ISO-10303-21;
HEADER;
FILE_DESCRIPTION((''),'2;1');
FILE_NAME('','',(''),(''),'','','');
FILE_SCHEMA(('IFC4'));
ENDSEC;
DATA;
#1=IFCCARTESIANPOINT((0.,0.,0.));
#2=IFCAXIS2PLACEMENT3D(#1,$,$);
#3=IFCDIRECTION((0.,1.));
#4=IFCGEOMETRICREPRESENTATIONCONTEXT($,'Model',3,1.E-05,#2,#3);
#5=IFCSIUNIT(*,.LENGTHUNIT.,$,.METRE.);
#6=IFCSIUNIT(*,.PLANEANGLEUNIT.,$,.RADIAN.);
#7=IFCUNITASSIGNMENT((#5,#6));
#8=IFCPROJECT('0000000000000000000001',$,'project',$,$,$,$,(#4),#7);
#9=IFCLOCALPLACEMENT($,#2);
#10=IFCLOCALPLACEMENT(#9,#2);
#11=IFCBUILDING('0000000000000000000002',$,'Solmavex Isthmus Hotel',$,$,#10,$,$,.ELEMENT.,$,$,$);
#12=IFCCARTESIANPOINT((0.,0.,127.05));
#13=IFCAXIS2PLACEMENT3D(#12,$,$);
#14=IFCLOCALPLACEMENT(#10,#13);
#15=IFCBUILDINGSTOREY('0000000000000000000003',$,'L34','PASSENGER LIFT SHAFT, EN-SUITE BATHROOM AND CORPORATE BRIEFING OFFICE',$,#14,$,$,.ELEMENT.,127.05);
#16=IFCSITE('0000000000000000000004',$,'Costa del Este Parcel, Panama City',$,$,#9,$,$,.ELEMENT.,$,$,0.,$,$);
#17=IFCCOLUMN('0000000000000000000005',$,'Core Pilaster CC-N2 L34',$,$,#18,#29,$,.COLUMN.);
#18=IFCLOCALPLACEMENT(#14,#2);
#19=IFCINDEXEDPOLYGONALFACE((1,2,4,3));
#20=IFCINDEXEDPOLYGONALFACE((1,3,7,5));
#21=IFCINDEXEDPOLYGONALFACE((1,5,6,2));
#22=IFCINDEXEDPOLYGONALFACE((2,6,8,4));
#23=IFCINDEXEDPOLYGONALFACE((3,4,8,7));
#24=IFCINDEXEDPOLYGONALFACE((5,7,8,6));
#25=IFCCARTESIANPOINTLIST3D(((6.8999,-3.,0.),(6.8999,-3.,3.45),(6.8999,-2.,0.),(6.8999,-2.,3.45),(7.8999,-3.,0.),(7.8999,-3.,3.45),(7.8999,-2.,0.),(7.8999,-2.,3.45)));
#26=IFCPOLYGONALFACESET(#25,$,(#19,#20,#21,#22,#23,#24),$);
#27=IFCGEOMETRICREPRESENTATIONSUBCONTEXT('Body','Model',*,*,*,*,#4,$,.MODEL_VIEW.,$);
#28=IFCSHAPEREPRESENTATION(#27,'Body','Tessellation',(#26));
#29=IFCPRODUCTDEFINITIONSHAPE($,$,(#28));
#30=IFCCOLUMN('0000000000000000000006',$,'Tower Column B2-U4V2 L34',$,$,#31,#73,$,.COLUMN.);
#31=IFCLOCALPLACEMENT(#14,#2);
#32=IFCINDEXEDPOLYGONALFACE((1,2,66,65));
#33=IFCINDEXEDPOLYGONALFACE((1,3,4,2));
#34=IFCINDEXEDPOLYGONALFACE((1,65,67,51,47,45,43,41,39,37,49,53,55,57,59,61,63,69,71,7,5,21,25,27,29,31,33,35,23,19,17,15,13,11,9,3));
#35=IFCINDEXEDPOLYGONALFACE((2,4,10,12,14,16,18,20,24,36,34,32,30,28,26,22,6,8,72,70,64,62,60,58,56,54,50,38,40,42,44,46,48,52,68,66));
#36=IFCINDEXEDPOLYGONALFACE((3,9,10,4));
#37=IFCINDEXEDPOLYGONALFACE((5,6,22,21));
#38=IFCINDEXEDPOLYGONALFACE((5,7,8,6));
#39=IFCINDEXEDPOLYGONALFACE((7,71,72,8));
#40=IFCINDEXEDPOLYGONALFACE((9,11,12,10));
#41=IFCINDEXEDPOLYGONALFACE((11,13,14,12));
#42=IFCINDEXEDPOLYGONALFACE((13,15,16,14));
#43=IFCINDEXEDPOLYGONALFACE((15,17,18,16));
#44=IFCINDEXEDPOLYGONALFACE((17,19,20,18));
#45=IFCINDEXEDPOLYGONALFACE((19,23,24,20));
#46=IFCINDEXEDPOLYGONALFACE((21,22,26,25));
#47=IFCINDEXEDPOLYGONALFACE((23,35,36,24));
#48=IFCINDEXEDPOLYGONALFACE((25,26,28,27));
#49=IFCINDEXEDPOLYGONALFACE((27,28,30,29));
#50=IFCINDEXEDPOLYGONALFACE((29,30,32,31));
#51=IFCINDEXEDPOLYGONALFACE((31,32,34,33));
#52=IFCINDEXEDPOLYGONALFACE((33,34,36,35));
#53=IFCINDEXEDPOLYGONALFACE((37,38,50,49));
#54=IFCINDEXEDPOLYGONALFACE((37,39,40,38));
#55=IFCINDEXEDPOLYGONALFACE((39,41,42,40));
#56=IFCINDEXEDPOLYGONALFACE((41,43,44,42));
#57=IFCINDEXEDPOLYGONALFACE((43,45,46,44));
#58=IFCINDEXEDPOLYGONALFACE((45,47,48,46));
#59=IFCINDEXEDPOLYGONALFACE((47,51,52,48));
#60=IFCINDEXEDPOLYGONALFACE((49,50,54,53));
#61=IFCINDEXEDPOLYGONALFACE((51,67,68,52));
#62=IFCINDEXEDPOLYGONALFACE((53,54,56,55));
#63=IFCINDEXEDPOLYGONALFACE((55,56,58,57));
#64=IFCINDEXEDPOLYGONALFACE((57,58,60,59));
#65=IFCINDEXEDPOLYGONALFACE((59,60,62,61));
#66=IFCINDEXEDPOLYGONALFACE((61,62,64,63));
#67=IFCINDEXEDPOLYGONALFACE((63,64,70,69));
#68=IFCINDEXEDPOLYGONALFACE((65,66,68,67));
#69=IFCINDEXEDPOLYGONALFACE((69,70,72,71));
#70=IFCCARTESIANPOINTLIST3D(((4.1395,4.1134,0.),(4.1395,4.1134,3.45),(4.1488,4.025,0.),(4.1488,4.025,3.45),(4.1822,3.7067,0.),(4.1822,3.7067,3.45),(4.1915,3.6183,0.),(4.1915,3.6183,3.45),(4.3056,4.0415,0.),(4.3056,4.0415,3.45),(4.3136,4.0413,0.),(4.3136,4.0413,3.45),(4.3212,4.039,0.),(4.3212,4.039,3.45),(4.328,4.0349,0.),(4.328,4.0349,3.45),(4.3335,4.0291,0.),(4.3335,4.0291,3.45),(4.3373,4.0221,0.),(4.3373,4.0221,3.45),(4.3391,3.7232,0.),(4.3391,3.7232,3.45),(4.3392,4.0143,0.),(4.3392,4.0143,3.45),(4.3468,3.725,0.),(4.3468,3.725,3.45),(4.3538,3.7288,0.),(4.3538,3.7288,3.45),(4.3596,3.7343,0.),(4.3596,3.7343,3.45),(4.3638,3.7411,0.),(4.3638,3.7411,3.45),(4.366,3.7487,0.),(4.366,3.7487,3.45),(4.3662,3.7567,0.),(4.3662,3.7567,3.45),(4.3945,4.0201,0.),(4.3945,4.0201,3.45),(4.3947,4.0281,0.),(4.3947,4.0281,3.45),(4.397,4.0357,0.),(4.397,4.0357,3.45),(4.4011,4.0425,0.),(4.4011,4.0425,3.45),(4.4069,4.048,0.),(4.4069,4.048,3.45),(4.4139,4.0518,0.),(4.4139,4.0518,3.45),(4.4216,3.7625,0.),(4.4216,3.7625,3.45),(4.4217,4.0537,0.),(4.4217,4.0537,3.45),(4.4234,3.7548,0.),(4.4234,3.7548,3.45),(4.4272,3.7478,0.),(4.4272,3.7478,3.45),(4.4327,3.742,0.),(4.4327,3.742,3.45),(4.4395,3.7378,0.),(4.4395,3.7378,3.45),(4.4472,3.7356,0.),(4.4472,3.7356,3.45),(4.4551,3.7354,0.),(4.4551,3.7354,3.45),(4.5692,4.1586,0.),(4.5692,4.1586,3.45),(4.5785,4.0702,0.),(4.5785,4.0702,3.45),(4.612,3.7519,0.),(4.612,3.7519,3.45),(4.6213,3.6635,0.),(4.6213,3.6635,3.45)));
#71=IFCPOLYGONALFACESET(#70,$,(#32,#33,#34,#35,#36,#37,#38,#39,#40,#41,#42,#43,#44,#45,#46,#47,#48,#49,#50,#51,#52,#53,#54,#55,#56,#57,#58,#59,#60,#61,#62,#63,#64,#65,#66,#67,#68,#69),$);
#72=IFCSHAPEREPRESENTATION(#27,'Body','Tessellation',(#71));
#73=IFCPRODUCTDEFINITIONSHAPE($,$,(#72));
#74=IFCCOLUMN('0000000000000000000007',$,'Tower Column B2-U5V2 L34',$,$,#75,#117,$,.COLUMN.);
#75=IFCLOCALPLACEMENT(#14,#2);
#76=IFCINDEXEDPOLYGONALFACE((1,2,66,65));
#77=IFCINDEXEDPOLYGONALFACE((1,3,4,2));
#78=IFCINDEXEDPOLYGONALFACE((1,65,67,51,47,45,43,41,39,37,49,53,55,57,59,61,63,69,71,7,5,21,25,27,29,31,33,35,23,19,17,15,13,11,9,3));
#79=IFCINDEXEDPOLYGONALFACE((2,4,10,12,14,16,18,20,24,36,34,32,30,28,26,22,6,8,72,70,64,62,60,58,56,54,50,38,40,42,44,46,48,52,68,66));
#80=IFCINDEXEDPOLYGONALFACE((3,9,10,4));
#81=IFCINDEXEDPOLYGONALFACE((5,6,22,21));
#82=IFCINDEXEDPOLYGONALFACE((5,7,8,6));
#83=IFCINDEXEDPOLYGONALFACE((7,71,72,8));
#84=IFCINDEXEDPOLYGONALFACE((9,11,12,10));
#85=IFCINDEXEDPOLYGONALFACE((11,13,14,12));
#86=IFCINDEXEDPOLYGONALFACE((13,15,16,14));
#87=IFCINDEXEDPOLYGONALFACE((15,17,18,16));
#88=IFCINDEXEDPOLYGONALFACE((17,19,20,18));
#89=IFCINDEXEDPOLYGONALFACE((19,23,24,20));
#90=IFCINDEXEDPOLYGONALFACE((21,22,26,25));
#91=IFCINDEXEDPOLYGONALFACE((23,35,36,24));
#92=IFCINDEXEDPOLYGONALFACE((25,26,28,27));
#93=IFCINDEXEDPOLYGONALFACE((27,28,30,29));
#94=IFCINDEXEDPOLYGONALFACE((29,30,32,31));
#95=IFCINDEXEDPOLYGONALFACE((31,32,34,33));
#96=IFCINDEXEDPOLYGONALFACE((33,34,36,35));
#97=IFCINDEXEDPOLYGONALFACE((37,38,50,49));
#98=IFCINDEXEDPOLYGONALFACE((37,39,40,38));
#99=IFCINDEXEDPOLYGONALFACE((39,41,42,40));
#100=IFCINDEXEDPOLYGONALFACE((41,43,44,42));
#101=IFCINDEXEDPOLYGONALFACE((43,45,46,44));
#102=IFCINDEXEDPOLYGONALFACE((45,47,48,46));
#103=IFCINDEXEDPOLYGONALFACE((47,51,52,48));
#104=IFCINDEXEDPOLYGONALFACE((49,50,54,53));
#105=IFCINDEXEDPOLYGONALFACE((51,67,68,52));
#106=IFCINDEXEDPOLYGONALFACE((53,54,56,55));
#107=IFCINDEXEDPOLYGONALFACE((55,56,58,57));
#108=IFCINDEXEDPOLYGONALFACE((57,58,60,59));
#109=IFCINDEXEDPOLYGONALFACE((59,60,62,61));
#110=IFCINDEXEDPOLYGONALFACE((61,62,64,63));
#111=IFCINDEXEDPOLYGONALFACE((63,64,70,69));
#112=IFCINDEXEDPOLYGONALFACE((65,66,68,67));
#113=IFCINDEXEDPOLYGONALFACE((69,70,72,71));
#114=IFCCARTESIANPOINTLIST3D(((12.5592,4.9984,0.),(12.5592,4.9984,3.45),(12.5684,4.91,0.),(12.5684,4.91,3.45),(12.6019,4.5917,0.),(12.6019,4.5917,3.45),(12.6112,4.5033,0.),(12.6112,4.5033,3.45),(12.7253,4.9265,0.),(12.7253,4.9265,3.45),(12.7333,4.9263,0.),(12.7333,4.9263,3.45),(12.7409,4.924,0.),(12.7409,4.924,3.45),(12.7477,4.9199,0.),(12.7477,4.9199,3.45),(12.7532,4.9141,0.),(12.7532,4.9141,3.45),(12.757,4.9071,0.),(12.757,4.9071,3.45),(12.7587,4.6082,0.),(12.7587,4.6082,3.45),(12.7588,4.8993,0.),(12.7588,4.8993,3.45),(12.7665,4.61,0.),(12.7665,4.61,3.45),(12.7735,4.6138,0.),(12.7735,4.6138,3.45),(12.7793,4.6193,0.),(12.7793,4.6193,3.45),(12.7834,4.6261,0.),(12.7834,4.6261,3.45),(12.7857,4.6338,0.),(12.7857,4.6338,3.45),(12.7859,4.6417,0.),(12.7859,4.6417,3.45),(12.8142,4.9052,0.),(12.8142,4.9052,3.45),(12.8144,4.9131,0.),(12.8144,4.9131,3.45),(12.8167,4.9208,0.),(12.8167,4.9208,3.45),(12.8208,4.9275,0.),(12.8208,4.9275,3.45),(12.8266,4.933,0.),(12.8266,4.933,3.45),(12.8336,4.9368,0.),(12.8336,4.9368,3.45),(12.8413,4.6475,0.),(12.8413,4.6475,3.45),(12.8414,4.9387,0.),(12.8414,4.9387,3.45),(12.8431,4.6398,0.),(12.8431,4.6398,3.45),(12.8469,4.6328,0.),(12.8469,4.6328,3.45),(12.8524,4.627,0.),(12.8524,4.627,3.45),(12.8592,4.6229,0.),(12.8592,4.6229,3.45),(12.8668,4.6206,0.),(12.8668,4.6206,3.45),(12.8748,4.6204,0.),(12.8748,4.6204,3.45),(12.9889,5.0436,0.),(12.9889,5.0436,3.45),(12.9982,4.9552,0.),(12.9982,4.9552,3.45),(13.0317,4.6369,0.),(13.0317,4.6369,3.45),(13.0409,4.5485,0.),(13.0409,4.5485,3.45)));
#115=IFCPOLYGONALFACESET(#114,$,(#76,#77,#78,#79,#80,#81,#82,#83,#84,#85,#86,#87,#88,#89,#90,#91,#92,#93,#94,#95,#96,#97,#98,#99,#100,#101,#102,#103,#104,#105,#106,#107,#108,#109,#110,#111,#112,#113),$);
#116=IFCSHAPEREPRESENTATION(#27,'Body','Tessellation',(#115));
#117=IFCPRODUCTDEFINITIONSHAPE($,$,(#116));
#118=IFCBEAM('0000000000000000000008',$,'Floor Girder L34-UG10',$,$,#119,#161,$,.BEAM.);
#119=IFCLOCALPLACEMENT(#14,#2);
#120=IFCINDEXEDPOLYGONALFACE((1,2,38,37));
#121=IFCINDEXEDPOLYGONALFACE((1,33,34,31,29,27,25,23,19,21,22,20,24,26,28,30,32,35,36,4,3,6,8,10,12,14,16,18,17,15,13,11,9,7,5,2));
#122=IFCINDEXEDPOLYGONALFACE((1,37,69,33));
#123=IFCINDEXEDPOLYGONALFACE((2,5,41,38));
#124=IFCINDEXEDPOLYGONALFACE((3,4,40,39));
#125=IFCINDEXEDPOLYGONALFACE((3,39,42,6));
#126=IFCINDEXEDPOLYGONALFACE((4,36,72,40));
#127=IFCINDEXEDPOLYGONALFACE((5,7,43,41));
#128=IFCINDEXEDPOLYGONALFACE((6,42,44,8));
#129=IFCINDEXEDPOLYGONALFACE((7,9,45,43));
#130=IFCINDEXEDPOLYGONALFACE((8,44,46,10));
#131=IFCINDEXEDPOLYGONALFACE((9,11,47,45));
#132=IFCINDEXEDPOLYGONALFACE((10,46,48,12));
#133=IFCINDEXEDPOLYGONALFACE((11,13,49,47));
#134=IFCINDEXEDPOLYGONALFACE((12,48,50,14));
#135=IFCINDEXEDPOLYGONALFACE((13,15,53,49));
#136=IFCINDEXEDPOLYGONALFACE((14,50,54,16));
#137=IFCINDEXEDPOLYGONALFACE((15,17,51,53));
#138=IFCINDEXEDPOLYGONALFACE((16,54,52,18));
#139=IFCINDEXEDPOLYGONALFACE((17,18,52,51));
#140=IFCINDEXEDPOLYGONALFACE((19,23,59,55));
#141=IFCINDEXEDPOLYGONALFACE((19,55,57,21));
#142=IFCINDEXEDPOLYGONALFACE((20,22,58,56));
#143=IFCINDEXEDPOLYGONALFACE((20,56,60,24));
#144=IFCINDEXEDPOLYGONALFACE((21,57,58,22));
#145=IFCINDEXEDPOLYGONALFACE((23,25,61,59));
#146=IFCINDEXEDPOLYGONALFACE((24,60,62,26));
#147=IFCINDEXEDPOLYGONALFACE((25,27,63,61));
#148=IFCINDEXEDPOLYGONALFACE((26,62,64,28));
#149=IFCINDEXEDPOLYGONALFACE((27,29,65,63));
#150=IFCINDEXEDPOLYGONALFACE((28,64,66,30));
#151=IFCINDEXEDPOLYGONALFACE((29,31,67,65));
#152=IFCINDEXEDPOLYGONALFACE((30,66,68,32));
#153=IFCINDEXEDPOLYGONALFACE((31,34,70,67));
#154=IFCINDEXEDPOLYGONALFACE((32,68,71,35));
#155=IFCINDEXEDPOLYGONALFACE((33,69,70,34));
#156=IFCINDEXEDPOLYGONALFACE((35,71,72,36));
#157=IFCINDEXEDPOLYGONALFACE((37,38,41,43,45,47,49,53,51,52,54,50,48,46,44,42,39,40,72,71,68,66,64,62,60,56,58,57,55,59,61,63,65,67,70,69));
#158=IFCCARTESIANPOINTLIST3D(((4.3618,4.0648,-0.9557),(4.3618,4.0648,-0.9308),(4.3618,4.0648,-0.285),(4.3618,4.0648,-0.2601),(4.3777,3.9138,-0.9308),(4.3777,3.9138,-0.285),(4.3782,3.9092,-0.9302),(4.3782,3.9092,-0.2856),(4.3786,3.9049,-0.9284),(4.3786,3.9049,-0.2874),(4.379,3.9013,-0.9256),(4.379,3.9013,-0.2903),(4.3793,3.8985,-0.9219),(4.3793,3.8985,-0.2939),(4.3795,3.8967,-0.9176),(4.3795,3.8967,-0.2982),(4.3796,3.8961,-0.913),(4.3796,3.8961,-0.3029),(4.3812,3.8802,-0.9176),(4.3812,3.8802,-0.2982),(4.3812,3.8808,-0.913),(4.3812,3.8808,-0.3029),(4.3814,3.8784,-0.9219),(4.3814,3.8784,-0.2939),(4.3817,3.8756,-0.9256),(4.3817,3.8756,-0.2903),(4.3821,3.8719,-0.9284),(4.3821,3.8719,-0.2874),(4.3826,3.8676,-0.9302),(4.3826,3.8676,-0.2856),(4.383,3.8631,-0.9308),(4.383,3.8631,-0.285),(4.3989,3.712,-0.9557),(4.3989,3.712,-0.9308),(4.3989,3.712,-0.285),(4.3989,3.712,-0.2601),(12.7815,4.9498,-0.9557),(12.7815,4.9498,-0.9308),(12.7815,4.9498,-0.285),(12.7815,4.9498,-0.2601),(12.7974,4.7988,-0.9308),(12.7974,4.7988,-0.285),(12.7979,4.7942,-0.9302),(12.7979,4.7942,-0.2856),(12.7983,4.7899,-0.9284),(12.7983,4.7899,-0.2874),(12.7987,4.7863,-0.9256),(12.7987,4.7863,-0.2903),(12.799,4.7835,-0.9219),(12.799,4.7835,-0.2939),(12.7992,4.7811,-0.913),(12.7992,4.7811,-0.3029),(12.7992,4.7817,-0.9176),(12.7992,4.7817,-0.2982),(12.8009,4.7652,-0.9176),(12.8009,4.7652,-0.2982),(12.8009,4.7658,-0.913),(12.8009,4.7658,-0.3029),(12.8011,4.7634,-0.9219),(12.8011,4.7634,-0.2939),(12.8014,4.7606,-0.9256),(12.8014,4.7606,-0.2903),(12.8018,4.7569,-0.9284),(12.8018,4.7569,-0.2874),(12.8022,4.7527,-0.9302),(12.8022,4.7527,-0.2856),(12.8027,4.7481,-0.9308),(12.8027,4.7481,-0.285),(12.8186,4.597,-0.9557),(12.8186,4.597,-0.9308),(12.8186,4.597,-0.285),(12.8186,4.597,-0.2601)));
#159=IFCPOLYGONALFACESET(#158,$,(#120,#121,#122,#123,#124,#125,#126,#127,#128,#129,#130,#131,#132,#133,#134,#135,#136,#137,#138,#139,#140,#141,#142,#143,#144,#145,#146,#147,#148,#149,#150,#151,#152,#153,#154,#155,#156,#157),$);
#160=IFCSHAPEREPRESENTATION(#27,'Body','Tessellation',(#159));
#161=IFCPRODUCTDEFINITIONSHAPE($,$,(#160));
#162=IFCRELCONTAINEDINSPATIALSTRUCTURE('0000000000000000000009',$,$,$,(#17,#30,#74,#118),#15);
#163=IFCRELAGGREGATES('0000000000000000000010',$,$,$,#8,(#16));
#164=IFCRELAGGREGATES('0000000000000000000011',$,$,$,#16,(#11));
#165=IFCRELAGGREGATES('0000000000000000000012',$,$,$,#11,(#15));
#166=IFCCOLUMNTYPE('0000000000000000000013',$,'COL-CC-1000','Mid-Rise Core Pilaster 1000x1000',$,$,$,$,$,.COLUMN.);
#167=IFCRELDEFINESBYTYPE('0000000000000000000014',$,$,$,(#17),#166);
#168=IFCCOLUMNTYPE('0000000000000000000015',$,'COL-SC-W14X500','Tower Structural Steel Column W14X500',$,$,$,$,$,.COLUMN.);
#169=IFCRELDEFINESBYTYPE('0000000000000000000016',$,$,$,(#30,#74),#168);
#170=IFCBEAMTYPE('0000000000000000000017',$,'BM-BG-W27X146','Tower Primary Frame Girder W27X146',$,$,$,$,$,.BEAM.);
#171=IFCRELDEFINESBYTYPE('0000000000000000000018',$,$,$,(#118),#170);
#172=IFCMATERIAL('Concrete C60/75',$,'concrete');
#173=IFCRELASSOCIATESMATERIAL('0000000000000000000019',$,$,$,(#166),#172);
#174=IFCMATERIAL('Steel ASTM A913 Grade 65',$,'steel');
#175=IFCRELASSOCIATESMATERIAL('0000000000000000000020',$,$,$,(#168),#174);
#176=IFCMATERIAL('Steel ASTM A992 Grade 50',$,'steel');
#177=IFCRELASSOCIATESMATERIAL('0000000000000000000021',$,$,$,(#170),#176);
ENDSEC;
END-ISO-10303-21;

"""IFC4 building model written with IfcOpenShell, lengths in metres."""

from ifc_helpers import new_model, si_unit, direction, frame, origin, origin_2d, place, context, subcontext, project, spatial, rectangle, i_section, extrude, material, material_profile, profile_set, type_object, element, save


model = new_model("IFC4")

# Units and contexts
model_context = context("Model", 3, precision=1e-05, world=origin(), true_north=direction((0.0, 1.0)))
body_context = subcontext(model_context, "Body", "Model", "MODEL_VIEW")
ifc_project = project(units=[si_unit("LENGTHUNIT", "METRE"), si_unit("PLANEANGLEUNIT", "RADIAN")], contexts=[model_context])

# Site, building, storey
site_placement = place(None, origin())
site = spatial("IfcSite", under=ifc_project, at=site_placement, Name="Costa del Este Parcel, Panama City", CompositionType="ELEMENT", RefElevation=0.0)
building_placement = place(site_placement, origin())
building = spatial("IfcBuilding", under=site, at=building_placement, Name="Solmavex Isthmus Hotel", CompositionType="ELEMENT")
storey_placement = place(building_placement, frame((0.0, 0.0, 127.05)))
storey = spatial("IfcBuildingStorey", under=building, at=storey_placement, Name="L34", Description="PASSENGER LIFT SHAFT, EN-SUITE BATHROOM AND CORPORATE BRIEFING OFFICE", CompositionType="ELEMENT", Elevation=127.05)

# Columns
ifc_material_1 = material(Name="Concrete C60/75", Category="concrete")
ifc_material_profile_1 = material_profile(ifc_material_1, rectangle(XDim=1.0, YDim=1.0, at=origin_2d()), Name="RC1000X1000")
ifc_profile_set_1 = profile_set([ifc_material_profile_1], Name="Concrete C60/75")
column_type_1 = type_object("IfcColumnType", Name="COL-CC-1000", Description="Mid-Rise Core Pilaster 1000x1000", PredefinedType="COLUMN", material=ifc_profile_set_1)
column_placement = place(storey_placement, frame((7.3999, -2.5, 0.0), z_axis=(0.0, 0.0, 1.0), x_axis=(1.0, 0.0, 0.0)))
element("IfcColumn", 1, at=column_placement, inside=storey, type_object=column_type_1, Name="Core Pilaster CC-N2 L34", PredefinedType="COLUMN", context=body_context, shape_type="SweptSolid", body=[
    extrude(rectangle(XDim=1.0, YDim=1.0, at=origin_2d()), origin(), (0.0, 0.0, 1.0), 3.45),
])
ifc_material_2 = material(Name="Steel ASTM A913 Grade 65", Category="steel")
ifc_material_profile_2 = material_profile(ifc_material_2, i_section(OverallWidth=0.4321, OverallDepth=0.4978, WebThickness=0.0557, FlangeThickness=0.0889, FilletRadius=0.0305, at=origin_2d()), Name="W14X500")
ifc_profile_set_2 = profile_set([ifc_material_profile_2], Name="Steel ASTM A913 Grade 65")
column_type_2 = type_object("IfcColumnType", Name="COL-SC-W14X500", Description="Tower Structural Steel Column W14X500", PredefinedType="COLUMN", material=ifc_profile_set_2)
for number, where, z_axis, x_axis, name in (
    (2, (4.3804, 3.8884, 0.0), (0.0, 0.0, 1.0), (0.994522, 0.104528, 0.0), "Tower Column B2-U4V2 L34"),
    (3, (12.8, 4.7734, 0.0), (0.0, 0.0, 1.0), (0.994522, 0.104528, 0.0), "Tower Column B2-U5V2 L34"),
):
    element("IfcColumn", number, at=place(storey_placement, frame(where, z_axis=z_axis, x_axis=x_axis)), inside=storey, type_object=column_type_2, Name=name, PredefinedType="COLUMN", context=body_context, shape_type="SweptSolid", body=[
        extrude(i_section(OverallWidth=0.4321, OverallDepth=0.4978, WebThickness=0.0557, FlangeThickness=0.0889, FilletRadius=0.0305, at=origin_2d()), origin(), (0.0, 0.0, 1.0), 3.45),
    ])

# Beam
ifc_material_3 = material(Name="Steel ASTM A992 Grade 50", Category="steel")
ifc_material_profile_3 = material_profile(ifc_material_3, i_section(OverallWidth=0.3547, OverallDepth=0.6956, WebThickness=0.0154, FlangeThickness=0.0249, FilletRadius=0.0178, at=origin_2d()), Name="W27X146")
ifc_profile_set_3 = profile_set([ifc_material_profile_3], Name="Steel ASTM A992 Grade 50")
beam_type_1 = type_object("IfcBeamType", Name="BM-BG-W27X146", Description="Tower Primary Frame Girder W27X146", PredefinedType="BEAM", material=ifc_profile_set_3)
for number, where, z_axis, x_axis, name in (
    (4, (4.3804, 3.8884, -0.6079), (0.994521, 0.104536, 0.0), (-0.104536, 0.994521, 0.0), "Floor Girder L34-UG10"),
):
    element("IfcBeam", number, at=place(storey_placement, frame(where, z_axis=z_axis, x_axis=x_axis)), inside=storey, type_object=beam_type_1, Name=name, PredefinedType="BEAM", context=body_context, shape_type="SweptSolid", body=[
        extrude(i_section(OverallWidth=0.3547, OverallDepth=0.6956, WebThickness=0.0154, FlangeThickness=0.0249, FilletRadius=0.0178, at=origin_2d()), origin(), (0.0, 0.0, 1.0), 8.4661),
    ])

save(model, "model.ifc")
